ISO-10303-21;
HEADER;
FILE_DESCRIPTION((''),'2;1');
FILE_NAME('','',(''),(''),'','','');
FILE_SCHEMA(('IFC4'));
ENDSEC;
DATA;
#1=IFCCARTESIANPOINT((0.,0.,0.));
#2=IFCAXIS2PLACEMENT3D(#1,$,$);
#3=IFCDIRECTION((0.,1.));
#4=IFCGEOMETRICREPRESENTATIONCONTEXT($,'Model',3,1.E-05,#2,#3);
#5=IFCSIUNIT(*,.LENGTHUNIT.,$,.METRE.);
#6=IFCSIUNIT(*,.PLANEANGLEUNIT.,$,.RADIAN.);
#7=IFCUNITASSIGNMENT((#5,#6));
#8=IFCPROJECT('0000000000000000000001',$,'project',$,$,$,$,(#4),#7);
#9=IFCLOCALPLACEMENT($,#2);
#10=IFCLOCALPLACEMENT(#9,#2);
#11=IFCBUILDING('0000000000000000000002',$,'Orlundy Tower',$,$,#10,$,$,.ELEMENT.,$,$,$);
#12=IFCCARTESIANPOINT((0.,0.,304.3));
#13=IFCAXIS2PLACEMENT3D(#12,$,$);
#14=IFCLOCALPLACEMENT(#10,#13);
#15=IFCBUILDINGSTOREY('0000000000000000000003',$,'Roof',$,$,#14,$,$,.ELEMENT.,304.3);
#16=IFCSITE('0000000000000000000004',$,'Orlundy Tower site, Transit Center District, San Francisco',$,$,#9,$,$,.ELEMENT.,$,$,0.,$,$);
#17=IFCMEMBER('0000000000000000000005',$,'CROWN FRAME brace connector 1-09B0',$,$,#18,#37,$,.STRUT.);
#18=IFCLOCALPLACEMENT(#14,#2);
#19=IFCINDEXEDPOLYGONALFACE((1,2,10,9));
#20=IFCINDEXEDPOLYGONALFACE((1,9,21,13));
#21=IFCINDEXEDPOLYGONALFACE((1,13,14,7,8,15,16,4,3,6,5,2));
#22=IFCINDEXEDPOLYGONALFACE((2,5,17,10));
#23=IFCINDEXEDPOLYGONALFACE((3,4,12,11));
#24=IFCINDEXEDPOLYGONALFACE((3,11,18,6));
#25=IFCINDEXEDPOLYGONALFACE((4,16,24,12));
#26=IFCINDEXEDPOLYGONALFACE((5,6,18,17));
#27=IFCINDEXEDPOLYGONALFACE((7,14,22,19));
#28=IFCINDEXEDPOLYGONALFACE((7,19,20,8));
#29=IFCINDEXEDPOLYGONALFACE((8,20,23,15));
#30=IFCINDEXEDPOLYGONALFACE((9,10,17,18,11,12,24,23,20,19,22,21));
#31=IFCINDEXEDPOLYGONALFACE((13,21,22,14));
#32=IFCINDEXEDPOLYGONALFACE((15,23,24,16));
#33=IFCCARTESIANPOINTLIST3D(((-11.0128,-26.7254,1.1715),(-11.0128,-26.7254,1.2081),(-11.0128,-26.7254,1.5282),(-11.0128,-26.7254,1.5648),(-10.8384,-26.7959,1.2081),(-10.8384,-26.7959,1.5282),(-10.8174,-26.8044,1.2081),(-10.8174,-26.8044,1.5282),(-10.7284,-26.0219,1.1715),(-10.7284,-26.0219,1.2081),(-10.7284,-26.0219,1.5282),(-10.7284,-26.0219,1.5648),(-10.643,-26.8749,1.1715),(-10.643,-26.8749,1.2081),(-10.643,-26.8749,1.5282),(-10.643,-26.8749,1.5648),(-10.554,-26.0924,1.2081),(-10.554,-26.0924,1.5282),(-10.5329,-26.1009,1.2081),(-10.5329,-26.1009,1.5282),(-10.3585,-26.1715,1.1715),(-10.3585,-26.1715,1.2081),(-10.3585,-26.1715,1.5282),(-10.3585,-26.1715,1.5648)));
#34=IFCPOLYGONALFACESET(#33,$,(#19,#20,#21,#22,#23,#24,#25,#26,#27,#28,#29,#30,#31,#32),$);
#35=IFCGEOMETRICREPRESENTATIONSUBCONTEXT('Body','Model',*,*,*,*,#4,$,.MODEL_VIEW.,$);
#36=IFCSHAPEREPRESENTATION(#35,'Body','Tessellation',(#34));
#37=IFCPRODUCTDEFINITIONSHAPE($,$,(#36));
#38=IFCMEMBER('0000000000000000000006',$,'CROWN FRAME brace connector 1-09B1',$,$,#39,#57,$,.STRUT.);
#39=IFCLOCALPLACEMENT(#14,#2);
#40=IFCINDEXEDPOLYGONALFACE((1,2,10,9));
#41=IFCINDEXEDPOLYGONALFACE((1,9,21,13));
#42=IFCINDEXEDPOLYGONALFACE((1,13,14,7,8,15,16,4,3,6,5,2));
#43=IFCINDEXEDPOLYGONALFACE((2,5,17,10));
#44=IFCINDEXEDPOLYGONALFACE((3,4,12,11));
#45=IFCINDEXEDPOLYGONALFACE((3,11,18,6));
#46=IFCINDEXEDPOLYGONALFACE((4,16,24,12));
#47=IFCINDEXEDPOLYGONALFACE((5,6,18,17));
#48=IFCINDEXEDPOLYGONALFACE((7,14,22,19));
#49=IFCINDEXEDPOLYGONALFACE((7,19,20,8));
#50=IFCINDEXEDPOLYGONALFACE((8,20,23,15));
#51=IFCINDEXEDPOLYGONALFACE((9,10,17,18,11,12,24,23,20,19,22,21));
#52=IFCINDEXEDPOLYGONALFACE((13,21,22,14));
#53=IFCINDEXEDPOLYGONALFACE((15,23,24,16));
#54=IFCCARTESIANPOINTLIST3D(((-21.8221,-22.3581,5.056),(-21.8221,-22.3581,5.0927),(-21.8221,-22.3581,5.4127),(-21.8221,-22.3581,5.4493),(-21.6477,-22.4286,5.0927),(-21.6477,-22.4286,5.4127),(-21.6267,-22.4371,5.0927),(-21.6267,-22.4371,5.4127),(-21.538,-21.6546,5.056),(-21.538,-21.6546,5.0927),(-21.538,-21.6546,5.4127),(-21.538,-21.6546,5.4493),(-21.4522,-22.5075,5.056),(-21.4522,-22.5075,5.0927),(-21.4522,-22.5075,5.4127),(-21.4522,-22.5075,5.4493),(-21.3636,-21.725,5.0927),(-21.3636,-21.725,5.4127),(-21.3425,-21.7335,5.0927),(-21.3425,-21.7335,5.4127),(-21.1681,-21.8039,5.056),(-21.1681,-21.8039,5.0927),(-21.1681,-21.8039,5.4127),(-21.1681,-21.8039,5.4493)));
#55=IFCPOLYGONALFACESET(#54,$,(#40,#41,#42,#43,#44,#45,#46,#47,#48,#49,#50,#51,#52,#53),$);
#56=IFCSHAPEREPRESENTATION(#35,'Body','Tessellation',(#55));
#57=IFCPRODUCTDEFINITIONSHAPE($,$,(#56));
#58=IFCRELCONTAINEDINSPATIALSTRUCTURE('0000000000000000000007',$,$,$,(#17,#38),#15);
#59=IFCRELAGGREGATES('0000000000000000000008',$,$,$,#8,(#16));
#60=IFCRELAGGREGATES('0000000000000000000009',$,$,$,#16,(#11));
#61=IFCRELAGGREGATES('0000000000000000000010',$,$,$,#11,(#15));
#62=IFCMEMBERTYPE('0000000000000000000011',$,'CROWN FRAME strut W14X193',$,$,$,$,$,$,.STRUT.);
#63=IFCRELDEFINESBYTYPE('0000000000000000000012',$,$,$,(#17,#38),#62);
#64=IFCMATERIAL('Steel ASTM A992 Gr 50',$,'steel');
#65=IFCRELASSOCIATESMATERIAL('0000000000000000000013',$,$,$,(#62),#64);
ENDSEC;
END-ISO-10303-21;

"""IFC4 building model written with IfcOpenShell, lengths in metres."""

from ifc_helpers import new_model, si_unit, direction, frame, origin, origin_2d, place, context, subcontext, project, spatial, i_section, extrude, material, material_profile, profile_set, type_object, element, save


model = new_model("IFC4")

# Units and contexts
model_context = context("Model", 3, precision=1e-05, world=origin(), true_north=direction((0.0, 1.0)))
body_context = subcontext(model_context, "Body", "Model", "MODEL_VIEW")
ifc_project = project(units=[si_unit("LENGTHUNIT", "METRE"), si_unit("PLANEANGLEUNIT", "RADIAN")], contexts=[model_context])

# Site, building, storey
site_placement = place(None, origin())
site = spatial("IfcSite", under=ifc_project, at=site_placement, Name="Orlundy Tower site, Transit Center District, San Francisco", CompositionType="ELEMENT", RefElevation=0.0)
building_placement = place(site_placement, origin())
building = spatial("IfcBuilding", under=site, at=building_placement, Name="Orlundy Tower", CompositionType="ELEMENT")
storey_placement = place(building_placement, frame((0.0, 0.0, 304.3)))
storey = spatial("IfcBuildingStorey", under=building, at=storey_placement, Name="Roof", CompositionType="ELEMENT", Elevation=304.3)

# Members
ifc_material_1 = material(Name="Steel ASTM A992 Gr 50", Category="steel")
ifc_material_profile_1 = material_profile(ifc_material_1, i_section(OverallWidth=0.3989, OverallDepth=0.3933, WebThickness=0.0227, FlangeThickness=0.0366, at=origin_2d()), Name="W14X193")
ifc_profile_set_1 = profile_set([ifc_material_profile_1], Name="Steel ASTM A992 Gr 50")
member_type_1 = type_object("IfcMemberType", Name="CROWN FRAME strut W14X193", PredefinedType="STRUT", material=ifc_profile_set_1)
for number, where, z_axis, x_axis, name in (
    (1, (-10.5435, -26.0967, 1.3682), (-0.374883, -0.927072, 0.0), (0.927072, -0.374883, 0.0), "CROWN FRAME brace connector 1-09B0"),
    (2, (-21.353, -21.7292, 5.2527), (-0.374495, -0.927229, 0.0), (0.927229, -0.374495, 0.0), "CROWN FRAME brace connector 1-09B1"),
):
    element("IfcMember", number, at=place(storey_placement, frame(where, z_axis=z_axis, x_axis=x_axis)), inside=storey, type_object=member_type_1, Name=name, PredefinedType="STRUT", context=body_context, shape_type="SweptSolid", body=[
        extrude(i_section(OverallWidth=0.3989, OverallDepth=0.3933, WebThickness=0.0227, FlangeThickness=0.0366, at=origin_2d()), origin(), (0.0, 0.0, 1.0), 0.7588),
    ])

save(model, "model.ifc")
